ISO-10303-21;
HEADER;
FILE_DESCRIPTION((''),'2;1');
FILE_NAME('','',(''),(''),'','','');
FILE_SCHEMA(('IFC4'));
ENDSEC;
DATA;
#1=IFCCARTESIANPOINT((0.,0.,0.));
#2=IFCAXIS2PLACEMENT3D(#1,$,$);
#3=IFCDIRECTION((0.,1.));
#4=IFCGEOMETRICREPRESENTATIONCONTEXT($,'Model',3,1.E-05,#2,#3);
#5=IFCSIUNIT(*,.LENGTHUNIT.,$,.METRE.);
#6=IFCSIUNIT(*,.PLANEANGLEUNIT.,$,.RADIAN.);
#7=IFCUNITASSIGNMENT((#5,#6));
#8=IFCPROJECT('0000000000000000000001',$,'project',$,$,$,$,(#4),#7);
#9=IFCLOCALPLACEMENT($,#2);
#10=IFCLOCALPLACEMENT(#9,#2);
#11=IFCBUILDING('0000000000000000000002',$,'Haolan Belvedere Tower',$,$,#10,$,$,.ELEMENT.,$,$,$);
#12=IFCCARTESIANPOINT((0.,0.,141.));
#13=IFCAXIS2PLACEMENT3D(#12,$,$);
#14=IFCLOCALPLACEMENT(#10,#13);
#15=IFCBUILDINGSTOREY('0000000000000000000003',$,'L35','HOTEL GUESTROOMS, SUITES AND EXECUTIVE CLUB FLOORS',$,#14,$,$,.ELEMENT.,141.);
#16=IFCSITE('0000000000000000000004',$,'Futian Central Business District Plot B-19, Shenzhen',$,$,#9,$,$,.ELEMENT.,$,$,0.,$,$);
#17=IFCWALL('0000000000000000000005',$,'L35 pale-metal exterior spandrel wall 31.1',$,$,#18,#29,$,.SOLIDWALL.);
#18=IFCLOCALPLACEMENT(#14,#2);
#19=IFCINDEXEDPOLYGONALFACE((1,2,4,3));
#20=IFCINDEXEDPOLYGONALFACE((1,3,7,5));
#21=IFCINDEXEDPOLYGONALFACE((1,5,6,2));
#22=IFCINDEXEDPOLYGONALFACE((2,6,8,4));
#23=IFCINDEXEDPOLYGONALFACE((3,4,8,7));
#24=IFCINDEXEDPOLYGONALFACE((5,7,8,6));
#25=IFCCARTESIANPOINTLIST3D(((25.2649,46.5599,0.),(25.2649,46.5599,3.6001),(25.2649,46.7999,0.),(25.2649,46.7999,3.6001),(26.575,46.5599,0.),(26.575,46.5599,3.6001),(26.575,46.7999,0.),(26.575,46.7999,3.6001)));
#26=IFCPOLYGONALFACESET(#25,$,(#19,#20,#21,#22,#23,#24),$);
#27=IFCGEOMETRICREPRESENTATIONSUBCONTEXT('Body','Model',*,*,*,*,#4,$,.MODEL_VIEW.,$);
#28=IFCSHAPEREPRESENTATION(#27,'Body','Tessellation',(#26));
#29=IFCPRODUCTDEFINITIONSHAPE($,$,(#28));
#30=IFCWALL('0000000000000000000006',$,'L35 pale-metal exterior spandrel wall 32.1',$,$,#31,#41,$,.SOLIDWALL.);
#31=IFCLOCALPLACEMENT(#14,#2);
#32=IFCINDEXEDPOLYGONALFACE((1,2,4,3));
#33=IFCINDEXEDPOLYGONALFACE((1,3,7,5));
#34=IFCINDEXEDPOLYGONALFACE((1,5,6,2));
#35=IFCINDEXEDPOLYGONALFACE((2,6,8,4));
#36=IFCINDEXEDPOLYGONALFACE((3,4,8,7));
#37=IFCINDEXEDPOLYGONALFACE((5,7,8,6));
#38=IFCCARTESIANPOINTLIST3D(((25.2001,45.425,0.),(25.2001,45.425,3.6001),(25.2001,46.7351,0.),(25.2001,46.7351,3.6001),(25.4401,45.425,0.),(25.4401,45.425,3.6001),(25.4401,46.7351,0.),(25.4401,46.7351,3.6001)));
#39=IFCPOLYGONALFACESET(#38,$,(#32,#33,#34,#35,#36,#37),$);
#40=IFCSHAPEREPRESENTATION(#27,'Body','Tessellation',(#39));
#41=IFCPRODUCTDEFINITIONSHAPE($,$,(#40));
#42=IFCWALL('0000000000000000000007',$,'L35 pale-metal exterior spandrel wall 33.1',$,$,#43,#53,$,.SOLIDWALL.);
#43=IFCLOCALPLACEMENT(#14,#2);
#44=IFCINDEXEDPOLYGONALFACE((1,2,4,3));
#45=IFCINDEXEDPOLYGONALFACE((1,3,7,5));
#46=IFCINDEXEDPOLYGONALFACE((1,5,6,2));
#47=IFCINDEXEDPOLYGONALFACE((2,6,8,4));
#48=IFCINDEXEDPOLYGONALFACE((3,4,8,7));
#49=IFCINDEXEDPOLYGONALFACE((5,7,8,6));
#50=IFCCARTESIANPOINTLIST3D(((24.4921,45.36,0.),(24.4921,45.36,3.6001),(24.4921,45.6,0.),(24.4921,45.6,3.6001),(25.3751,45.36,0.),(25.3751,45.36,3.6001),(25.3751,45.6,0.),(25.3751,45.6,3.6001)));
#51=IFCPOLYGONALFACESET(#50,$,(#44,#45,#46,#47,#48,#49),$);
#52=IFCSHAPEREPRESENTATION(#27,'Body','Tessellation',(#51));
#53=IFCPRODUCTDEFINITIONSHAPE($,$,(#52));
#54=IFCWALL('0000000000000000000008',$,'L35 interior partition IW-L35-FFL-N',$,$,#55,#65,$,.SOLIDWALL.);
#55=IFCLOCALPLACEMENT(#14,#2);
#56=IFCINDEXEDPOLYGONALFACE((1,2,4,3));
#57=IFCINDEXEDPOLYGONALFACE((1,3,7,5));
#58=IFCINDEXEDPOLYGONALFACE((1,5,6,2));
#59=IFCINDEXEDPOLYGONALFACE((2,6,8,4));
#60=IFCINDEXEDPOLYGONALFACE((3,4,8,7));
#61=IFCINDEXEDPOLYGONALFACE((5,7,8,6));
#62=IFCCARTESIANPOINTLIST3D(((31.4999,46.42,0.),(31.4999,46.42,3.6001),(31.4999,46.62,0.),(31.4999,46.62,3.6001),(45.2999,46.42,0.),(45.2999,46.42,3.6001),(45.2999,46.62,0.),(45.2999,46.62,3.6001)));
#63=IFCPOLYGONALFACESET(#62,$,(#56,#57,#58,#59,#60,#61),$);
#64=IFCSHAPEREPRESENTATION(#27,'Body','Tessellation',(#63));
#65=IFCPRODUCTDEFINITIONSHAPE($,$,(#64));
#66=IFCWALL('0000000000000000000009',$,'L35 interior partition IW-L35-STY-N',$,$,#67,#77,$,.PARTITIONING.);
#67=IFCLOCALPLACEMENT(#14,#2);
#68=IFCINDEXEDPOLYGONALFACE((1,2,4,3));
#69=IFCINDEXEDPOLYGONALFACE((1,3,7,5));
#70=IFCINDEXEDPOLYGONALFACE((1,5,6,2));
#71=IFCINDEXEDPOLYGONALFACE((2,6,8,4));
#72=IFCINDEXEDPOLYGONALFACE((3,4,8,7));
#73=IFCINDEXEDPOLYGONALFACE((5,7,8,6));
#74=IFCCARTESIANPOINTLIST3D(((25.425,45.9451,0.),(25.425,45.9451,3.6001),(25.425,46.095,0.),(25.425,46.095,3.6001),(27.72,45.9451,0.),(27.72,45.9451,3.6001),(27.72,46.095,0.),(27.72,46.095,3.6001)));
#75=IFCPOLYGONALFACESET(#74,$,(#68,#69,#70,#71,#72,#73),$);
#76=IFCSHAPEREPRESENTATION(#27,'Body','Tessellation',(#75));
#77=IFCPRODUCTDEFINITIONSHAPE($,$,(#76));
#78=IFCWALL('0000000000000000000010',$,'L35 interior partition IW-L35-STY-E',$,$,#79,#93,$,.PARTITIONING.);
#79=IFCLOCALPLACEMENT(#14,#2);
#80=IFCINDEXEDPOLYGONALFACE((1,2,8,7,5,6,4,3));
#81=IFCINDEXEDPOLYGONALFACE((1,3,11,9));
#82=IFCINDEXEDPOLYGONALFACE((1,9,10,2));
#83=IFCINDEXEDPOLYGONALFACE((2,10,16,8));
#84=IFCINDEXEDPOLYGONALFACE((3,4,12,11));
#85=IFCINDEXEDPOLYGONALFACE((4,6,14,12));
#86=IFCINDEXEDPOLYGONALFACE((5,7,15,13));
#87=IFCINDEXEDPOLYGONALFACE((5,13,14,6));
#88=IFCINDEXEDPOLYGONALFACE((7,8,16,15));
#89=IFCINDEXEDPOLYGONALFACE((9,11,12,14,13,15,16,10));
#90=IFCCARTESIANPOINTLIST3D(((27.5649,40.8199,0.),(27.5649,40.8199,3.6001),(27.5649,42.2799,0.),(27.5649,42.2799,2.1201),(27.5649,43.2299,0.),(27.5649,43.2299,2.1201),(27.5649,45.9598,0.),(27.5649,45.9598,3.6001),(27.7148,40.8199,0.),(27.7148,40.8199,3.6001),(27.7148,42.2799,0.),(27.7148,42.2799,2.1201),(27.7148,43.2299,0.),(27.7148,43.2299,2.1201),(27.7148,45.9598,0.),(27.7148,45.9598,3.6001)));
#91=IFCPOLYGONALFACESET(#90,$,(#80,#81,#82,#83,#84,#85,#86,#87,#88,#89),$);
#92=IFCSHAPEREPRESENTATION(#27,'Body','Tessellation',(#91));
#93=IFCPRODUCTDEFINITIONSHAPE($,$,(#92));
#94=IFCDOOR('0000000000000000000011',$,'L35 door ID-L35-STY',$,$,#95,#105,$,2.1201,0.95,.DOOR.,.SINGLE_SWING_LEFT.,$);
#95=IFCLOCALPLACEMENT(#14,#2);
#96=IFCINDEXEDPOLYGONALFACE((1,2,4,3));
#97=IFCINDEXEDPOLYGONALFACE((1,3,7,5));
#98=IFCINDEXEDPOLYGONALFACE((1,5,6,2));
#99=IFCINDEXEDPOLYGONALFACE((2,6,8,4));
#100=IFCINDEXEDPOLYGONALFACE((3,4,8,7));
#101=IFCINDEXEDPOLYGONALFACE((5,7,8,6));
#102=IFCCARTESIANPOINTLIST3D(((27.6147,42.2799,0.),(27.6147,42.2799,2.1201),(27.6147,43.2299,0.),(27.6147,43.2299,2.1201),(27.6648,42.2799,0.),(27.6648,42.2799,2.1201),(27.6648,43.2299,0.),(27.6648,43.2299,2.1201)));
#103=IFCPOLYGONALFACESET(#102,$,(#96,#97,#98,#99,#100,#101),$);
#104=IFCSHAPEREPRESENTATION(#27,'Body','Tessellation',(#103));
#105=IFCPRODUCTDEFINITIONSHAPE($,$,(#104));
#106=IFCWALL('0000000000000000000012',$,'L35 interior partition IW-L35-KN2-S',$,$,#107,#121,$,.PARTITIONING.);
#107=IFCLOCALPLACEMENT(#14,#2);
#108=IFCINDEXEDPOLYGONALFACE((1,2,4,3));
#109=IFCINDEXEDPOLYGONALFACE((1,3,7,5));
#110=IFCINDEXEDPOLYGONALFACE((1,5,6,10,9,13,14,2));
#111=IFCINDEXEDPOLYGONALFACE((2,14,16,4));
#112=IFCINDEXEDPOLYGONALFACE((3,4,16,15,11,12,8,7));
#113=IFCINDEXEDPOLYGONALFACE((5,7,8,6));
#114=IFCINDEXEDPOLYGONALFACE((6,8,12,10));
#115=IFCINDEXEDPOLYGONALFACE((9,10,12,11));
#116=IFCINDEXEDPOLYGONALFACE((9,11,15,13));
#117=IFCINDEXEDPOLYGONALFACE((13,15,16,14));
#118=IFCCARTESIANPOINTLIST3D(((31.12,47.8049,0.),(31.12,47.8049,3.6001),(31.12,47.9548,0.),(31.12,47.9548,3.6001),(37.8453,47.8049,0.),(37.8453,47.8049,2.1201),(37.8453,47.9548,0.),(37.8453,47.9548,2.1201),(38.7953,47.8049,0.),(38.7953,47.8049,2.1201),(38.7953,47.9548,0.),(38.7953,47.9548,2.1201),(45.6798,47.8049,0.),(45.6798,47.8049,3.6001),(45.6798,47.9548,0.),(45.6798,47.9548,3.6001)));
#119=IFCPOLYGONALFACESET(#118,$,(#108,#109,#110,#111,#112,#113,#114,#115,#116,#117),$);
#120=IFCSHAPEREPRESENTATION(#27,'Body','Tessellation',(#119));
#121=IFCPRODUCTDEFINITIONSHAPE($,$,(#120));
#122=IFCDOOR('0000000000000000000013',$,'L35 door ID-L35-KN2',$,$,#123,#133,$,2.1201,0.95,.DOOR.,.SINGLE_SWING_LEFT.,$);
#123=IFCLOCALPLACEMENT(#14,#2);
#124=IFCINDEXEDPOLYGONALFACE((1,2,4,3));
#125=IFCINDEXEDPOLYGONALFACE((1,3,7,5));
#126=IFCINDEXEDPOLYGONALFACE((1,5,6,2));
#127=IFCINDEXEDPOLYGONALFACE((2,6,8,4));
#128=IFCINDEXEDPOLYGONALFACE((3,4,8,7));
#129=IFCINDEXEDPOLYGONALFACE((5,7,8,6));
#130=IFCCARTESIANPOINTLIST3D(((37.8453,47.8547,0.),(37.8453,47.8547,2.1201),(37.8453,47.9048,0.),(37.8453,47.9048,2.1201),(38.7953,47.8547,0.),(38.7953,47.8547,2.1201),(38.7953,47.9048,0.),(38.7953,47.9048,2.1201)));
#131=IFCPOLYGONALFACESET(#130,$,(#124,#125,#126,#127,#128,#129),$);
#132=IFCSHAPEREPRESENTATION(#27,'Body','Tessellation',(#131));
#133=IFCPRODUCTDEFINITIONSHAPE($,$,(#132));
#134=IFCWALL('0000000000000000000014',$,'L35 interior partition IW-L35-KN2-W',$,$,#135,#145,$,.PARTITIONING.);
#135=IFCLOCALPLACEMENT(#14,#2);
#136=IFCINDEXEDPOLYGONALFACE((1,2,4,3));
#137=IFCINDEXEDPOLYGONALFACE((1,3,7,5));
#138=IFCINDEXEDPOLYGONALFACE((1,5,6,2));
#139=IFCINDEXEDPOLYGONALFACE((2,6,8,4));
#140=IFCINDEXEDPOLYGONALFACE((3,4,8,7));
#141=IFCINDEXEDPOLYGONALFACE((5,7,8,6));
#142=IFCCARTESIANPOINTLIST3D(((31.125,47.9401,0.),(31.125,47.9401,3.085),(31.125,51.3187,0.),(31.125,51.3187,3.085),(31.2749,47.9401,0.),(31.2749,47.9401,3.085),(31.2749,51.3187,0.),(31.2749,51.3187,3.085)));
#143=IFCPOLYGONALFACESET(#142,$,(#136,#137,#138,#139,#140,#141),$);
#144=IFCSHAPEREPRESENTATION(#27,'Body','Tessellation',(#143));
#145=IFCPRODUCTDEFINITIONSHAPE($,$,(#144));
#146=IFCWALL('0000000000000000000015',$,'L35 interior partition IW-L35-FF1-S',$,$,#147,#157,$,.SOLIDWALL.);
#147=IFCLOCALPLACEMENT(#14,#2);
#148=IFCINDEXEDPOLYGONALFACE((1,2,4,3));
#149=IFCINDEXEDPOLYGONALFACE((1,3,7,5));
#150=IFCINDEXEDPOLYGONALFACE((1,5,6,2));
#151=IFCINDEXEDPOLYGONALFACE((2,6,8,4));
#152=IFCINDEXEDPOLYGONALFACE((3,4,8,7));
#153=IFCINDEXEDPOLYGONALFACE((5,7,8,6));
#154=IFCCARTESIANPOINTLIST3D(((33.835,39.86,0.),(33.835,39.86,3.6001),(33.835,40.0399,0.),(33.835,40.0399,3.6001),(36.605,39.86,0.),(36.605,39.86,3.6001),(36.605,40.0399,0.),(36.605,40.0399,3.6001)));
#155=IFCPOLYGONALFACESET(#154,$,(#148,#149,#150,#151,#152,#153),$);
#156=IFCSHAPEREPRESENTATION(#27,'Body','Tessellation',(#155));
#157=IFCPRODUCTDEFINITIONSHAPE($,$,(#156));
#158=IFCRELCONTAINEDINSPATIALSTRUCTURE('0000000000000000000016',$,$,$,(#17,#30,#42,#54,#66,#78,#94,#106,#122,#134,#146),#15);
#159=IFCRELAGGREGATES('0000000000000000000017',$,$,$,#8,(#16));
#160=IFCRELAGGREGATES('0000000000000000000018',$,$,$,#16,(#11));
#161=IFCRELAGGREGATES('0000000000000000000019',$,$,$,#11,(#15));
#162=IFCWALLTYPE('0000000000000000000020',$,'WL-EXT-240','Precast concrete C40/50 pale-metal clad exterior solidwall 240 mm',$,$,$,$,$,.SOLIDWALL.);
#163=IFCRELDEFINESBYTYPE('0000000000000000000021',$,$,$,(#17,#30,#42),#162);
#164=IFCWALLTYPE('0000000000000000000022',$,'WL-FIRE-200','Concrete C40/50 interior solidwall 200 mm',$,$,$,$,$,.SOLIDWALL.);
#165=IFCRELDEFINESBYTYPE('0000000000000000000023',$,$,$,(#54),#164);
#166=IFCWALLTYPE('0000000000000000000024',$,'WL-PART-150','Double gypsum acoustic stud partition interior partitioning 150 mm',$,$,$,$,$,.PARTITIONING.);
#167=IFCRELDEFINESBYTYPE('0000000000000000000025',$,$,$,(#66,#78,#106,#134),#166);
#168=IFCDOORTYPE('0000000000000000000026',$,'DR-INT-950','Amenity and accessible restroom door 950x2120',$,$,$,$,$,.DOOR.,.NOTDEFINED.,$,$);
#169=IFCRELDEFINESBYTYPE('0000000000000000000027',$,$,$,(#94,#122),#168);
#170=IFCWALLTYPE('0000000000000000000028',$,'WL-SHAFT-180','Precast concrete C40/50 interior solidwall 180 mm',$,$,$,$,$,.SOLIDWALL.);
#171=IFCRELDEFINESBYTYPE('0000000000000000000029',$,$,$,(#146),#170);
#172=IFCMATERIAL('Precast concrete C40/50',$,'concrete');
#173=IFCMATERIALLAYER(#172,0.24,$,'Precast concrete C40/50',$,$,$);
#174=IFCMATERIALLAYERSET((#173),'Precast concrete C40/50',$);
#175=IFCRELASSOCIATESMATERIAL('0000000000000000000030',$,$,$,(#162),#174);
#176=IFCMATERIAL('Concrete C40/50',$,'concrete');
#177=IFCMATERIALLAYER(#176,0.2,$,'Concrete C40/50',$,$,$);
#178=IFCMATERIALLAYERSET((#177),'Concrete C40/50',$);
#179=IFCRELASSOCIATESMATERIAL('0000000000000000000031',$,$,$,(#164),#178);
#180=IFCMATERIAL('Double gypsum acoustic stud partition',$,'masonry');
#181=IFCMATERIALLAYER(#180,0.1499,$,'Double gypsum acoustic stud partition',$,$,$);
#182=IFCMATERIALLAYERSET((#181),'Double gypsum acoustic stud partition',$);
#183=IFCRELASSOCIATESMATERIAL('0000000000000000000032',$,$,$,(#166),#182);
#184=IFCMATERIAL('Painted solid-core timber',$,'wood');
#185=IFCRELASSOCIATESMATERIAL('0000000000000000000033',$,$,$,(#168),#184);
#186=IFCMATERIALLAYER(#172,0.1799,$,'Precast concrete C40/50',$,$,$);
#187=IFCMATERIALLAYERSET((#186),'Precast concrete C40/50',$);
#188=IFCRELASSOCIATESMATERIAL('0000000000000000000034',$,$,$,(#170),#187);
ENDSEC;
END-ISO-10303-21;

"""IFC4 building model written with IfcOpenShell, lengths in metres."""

from ifc_helpers import new_model, si_unit, direction, frame, frame_2d, origin, place, context, subcontext, project, spatial, rectangle, extrude, material, layer, layer_set, type_object, element, fill, save


model = new_model("IFC4")

# Units and contexts
model_context = context("Model", 3, precision=1e-05, world=origin(), true_north=direction((0.0, 1.0)))
body_context = subcontext(model_context, "Body", "Model", "MODEL_VIEW")
ifc_project = project(units=[si_unit("LENGTHUNIT", "METRE"), si_unit("PLANEANGLEUNIT", "RADIAN")], contexts=[model_context])

# Site, building, storey
site_placement = place(None, origin())
site = spatial("IfcSite", under=ifc_project, at=site_placement, Name="Futian Central Business District Plot B-19, Shenzhen", CompositionType="ELEMENT", RefElevation=0.0)
building_placement = place(site_placement, origin())
building = spatial("IfcBuilding", under=site, at=building_placement, Name="Haolan Belvedere Tower", CompositionType="ELEMENT")
storey_placement = place(building_placement, frame((0.0, 0.0, 141.0)))
storey = spatial("IfcBuildingStorey", under=building, at=storey_placement, Name="L35", Description="HOTEL GUESTROOMS, SUITES AND EXECUTIVE CLUB FLOORS", CompositionType="ELEMENT", Elevation=141.0)

# Shared definitions
ifc_material_1 = material(Name="Precast concrete C40/50", Category="concrete")
ifc_layer_1 = layer(ifc_material_1, 0.24, Name="Precast concrete C40/50")
ifc_layer_set_1 = layer_set([ifc_layer_1], Name="Precast concrete C40/50")
wall_type_1 = type_object("IfcWallType", Name="WL-EXT-240", Description="Precast concrete C40/50 pale-metal clad exterior solidwall 240 mm", PredefinedType="SOLIDWALL", material=ifc_layer_set_1)

# Walls
for number, where, z_axis, x_axis, name in (
    (1, (26.575, 46.6799, 0.0), (0.0, 0.0, 1.0), (-1.0, 0.0, 0.0), "L35 pale-metal exterior spandrel wall 31.1"),
    (2, (25.3201, 46.7351, 0.0), (0.0, 0.0, 1.0), (0.0, -1.0, 0.0), "L35 pale-metal exterior spandrel wall 32.1"),
):
    element("IfcWall", number, at=place(storey_placement, frame(where, z_axis=z_axis, x_axis=x_axis)), inside=storey, type_object=wall_type_1, Name=name, PredefinedType="SOLIDWALL", context=body_context, shape_type="SweptSolid", body=[
        extrude(rectangle(XDim=1.3101, YDim=0.24, at=frame_2d((0.655, 0.0))), origin(), (0.0, 0.0, 1.0), 3.6001),
    ])
wall_1_placement = place(storey_placement, frame((25.375, 45.48, 0.0), z_axis=(0.0, 0.0, 1.0), x_axis=(-1.0, 0.0, 0.0)))
element("IfcWall", 3, at=wall_1_placement, inside=storey, type_object=wall_type_1, Name="L35 pale-metal exterior spandrel wall 33.1", PredefinedType="SOLIDWALL", context=body_context, shape_type="SweptSolid", body=[
    extrude(rectangle(XDim=0.8831, YDim=0.24, at=frame_2d((0.4414, 0.0))), origin(), (0.0, 0.0, 1.0), 3.6001),
])
ifc_material_2 = material(Name="Concrete C40/50", Category="concrete")
ifc_layer_2 = layer(ifc_material_2, 0.2, Name="Concrete C40/50")
ifc_layer_set_2 = layer_set([ifc_layer_2], Name="Concrete C40/50")
wall_type_2 = type_object("IfcWallType", Name="WL-FIRE-200", Description="Concrete C40/50 interior solidwall 200 mm", PredefinedType="SOLIDWALL", material=ifc_layer_set_2)
wall_2_placement = place(storey_placement, frame((31.5, 46.52, 0.0), z_axis=(0.0, 0.0, 1.0), x_axis=(1.0, 0.0, 0.0)))
element("IfcWall", 4, at=wall_2_placement, inside=storey, type_object=wall_type_2, Name="L35 interior partition IW-L35-FFL-N", PredefinedType="SOLIDWALL", context=body_context, shape_type="SweptSolid", body=[
    extrude(rectangle(XDim=13.8, YDim=0.2, at=frame_2d((6.8999, 0.0))), origin(), (0.0, 0.0, 1.0), 3.6001),
])

# Wall
ifc_material_3 = material(Name="Double gypsum acoustic stud partition", Category="masonry")
ifc_layer_3 = layer(ifc_material_3, 0.1499, Name="Double gypsum acoustic stud partition")
ifc_layer_set_3 = layer_set([ifc_layer_3], Name="Double gypsum acoustic stud partition")
wall_type_3 = type_object("IfcWallType", Name="WL-PART-150", Description="Double gypsum acoustic stud partition interior partitioning 150 mm", PredefinedType="PARTITIONING", material=ifc_layer_set_3)
wall_3_placement = place(storey_placement, frame((25.425, 46.02, 0.0), z_axis=(0.0, 0.0, 1.0), x_axis=(1.0, 0.0, 0.0)))
element("IfcWall", 5, at=wall_3_placement, inside=storey, type_object=wall_type_3, Name="L35 interior partition IW-L35-STY-N", PredefinedType="PARTITIONING", context=body_context, shape_type="SweptSolid", body=[
    extrude(rectangle(XDim=2.2949, YDim=0.1499, at=frame_2d((1.1475, 0.0))), origin(), (0.0, 0.0, 1.0), 3.6001),
])

# Walls, openings, doors
wall_4_placement = place(storey_placement, frame((27.6399, 40.8201, 0.0), z_axis=(0.0, 0.0, 1.0), x_axis=(0.0, 1.0, 0.0)))
wall_4 = element("IfcWall", 6, at=wall_4_placement, inside=storey, type_object=wall_type_3, Name="L35 interior partition IW-L35-STY-E", PredefinedType="PARTITIONING", context=body_context, shape_type="SweptSolid", body=[
    extrude(rectangle(XDim=5.1399, YDim=0.1499, at=frame_2d((2.5698, 0.0))), origin(), (0.0, 0.0, 1.0), 3.6001),
])
opening_1_placement = place(wall_4_placement, frame((2.4099, 0.0, 0.0), z_axis=(0.0, 0.0, 1.0), x_axis=(-1.0, 0.0, 0.0)))
opening_1 = element("IfcOpeningElement", 7, at=opening_1_placement, cuts=wall_4, PredefinedType="OPENING", context=body_context, shape_type="SweptSolid", body=[
    extrude(rectangle(XDim=0.95, YDim=2.1201, at=frame_2d((0.4751, 1.0601))), frame((0.0, 0.085, 0.0), z_axis=(0.0, -1.0, 0.0), x_axis=(1.0, 0.0, 0.0)), (0.0, 0.0, 1.0), 0.1699),
])
ifc_material_4 = material(Name="Painted solid-core timber", Category="wood")
door_type_1 = type_object("IfcDoorType", Name="DR-INT-950", Description="Amenity and accessible restroom door 950x2120", OperationType="NOTDEFINED", PredefinedType="DOOR", material=ifc_material_4)
door_1_placement = place(opening_1_placement, origin())
door_1 = element("IfcDoor", 8, at=door_1_placement, inside=storey, type_object=door_type_1, Name="L35 door ID-L35-STY", OperationType="SINGLE_SWING_LEFT", OverallHeight=2.1201, OverallWidth=0.95, PredefinedType="DOOR", context=body_context, shape_type="SweptSolid", body=[
    extrude(rectangle(XDim=0.95, YDim=2.1201, at=frame_2d((0.4751, 1.0601))), frame((0.0, 0.0249, 0.0), z_axis=(0.0, -1.0, 0.0), x_axis=(1.0, 0.0, 0.0)), (0.0, 0.0, 1.0), 0.05),
])
fill(opening_1, door_1)
wall_5_placement = place(storey_placement, frame((31.1201, 47.8799, 0.0), z_axis=(0.0, 0.0, 1.0), x_axis=(1.0, 0.0, 0.0)))
wall_5 = element("IfcWall", 9, at=wall_5_placement, inside=storey, type_object=wall_type_3, Name="L35 interior partition IW-L35-KN2-S", PredefinedType="PARTITIONING", context=body_context, shape_type="SweptSolid", body=[
    extrude(rectangle(XDim=14.5598, YDim=0.1499, at=frame_2d((7.2798, 0.0))), origin(), (0.0, 0.0, 1.0), 3.6001),
])
opening_2_placement = place(wall_5_placement, frame((6.7251, 0.0, 0.0)))
opening_2 = element("IfcOpeningElement", 10, at=opening_2_placement, cuts=wall_5, PredefinedType="OPENING", context=body_context, shape_type="SweptSolid", body=[
    extrude(rectangle(XDim=0.95, YDim=2.1201, at=frame_2d((0.4751, 1.0601))), frame((0.0, 0.085, 0.0), z_axis=(0.0, -1.0, 0.0), x_axis=(1.0, 0.0, 0.0)), (0.0, 0.0, 1.0), 0.1699),
])
door_2_placement = place(opening_2_placement, origin())
door_2 = element("IfcDoor", 11, at=door_2_placement, inside=storey, type_object=door_type_1, Name="L35 door ID-L35-KN2", OperationType="SINGLE_SWING_LEFT", OverallHeight=2.1201, OverallWidth=0.95, PredefinedType="DOOR", context=body_context, shape_type="SweptSolid", body=[
    extrude(rectangle(XDim=0.95, YDim=2.1201, at=frame_2d((0.4751, 1.0601))), frame((0.0, 0.0249, 0.0), z_axis=(0.0, -1.0, 0.0), x_axis=(1.0, 0.0, 0.0)), (0.0, 0.0, 1.0), 0.05),
])
fill(opening_2, door_2)

# Walls
wall_6_placement = place(storey_placement, frame((31.2, 47.9399, 0.0), z_axis=(0.0, 0.0, 1.0), x_axis=(0.0, 1.0, 0.0)))
element("IfcWall", 12, at=wall_6_placement, inside=storey, type_object=wall_type_3, Name="L35 interior partition IW-L35-KN2-W", PredefinedType="PARTITIONING", context=body_context, shape_type="SweptSolid", body=[
    extrude(rectangle(XDim=3.3787, YDim=0.1499, at=frame_2d((1.6895, 0.0))), origin(), (0.0, 0.0, 1.0), 3.085),
])
ifc_layer_4 = layer(ifc_material_1, 0.1799, Name="Precast concrete C40/50")
ifc_layer_set_4 = layer_set([ifc_layer_4], Name="Precast concrete C40/50")
wall_type_4 = type_object("IfcWallType", Name="WL-SHAFT-180", Description="Precast concrete C40/50 interior solidwall 180 mm", PredefinedType="SOLIDWALL", material=ifc_layer_set_4)
wall_7_placement = place(storey_placement, frame((33.835, 39.95, 0.0), z_axis=(0.0, 0.0, 1.0), x_axis=(1.0, 0.0, 0.0)))
element("IfcWall", 13, at=wall_7_placement, inside=storey, type_object=wall_type_4, Name="L35 interior partition IW-L35-FF1-S", PredefinedType="SOLIDWALL", context=body_context, shape_type="SweptSolid", body=[
    extrude(rectangle(XDim=2.77, YDim=0.1799, at=frame_2d((1.385, 0.0))), origin(), (0.0, 0.0, 1.0), 3.6001),
])

save(model, "model.ifc")
